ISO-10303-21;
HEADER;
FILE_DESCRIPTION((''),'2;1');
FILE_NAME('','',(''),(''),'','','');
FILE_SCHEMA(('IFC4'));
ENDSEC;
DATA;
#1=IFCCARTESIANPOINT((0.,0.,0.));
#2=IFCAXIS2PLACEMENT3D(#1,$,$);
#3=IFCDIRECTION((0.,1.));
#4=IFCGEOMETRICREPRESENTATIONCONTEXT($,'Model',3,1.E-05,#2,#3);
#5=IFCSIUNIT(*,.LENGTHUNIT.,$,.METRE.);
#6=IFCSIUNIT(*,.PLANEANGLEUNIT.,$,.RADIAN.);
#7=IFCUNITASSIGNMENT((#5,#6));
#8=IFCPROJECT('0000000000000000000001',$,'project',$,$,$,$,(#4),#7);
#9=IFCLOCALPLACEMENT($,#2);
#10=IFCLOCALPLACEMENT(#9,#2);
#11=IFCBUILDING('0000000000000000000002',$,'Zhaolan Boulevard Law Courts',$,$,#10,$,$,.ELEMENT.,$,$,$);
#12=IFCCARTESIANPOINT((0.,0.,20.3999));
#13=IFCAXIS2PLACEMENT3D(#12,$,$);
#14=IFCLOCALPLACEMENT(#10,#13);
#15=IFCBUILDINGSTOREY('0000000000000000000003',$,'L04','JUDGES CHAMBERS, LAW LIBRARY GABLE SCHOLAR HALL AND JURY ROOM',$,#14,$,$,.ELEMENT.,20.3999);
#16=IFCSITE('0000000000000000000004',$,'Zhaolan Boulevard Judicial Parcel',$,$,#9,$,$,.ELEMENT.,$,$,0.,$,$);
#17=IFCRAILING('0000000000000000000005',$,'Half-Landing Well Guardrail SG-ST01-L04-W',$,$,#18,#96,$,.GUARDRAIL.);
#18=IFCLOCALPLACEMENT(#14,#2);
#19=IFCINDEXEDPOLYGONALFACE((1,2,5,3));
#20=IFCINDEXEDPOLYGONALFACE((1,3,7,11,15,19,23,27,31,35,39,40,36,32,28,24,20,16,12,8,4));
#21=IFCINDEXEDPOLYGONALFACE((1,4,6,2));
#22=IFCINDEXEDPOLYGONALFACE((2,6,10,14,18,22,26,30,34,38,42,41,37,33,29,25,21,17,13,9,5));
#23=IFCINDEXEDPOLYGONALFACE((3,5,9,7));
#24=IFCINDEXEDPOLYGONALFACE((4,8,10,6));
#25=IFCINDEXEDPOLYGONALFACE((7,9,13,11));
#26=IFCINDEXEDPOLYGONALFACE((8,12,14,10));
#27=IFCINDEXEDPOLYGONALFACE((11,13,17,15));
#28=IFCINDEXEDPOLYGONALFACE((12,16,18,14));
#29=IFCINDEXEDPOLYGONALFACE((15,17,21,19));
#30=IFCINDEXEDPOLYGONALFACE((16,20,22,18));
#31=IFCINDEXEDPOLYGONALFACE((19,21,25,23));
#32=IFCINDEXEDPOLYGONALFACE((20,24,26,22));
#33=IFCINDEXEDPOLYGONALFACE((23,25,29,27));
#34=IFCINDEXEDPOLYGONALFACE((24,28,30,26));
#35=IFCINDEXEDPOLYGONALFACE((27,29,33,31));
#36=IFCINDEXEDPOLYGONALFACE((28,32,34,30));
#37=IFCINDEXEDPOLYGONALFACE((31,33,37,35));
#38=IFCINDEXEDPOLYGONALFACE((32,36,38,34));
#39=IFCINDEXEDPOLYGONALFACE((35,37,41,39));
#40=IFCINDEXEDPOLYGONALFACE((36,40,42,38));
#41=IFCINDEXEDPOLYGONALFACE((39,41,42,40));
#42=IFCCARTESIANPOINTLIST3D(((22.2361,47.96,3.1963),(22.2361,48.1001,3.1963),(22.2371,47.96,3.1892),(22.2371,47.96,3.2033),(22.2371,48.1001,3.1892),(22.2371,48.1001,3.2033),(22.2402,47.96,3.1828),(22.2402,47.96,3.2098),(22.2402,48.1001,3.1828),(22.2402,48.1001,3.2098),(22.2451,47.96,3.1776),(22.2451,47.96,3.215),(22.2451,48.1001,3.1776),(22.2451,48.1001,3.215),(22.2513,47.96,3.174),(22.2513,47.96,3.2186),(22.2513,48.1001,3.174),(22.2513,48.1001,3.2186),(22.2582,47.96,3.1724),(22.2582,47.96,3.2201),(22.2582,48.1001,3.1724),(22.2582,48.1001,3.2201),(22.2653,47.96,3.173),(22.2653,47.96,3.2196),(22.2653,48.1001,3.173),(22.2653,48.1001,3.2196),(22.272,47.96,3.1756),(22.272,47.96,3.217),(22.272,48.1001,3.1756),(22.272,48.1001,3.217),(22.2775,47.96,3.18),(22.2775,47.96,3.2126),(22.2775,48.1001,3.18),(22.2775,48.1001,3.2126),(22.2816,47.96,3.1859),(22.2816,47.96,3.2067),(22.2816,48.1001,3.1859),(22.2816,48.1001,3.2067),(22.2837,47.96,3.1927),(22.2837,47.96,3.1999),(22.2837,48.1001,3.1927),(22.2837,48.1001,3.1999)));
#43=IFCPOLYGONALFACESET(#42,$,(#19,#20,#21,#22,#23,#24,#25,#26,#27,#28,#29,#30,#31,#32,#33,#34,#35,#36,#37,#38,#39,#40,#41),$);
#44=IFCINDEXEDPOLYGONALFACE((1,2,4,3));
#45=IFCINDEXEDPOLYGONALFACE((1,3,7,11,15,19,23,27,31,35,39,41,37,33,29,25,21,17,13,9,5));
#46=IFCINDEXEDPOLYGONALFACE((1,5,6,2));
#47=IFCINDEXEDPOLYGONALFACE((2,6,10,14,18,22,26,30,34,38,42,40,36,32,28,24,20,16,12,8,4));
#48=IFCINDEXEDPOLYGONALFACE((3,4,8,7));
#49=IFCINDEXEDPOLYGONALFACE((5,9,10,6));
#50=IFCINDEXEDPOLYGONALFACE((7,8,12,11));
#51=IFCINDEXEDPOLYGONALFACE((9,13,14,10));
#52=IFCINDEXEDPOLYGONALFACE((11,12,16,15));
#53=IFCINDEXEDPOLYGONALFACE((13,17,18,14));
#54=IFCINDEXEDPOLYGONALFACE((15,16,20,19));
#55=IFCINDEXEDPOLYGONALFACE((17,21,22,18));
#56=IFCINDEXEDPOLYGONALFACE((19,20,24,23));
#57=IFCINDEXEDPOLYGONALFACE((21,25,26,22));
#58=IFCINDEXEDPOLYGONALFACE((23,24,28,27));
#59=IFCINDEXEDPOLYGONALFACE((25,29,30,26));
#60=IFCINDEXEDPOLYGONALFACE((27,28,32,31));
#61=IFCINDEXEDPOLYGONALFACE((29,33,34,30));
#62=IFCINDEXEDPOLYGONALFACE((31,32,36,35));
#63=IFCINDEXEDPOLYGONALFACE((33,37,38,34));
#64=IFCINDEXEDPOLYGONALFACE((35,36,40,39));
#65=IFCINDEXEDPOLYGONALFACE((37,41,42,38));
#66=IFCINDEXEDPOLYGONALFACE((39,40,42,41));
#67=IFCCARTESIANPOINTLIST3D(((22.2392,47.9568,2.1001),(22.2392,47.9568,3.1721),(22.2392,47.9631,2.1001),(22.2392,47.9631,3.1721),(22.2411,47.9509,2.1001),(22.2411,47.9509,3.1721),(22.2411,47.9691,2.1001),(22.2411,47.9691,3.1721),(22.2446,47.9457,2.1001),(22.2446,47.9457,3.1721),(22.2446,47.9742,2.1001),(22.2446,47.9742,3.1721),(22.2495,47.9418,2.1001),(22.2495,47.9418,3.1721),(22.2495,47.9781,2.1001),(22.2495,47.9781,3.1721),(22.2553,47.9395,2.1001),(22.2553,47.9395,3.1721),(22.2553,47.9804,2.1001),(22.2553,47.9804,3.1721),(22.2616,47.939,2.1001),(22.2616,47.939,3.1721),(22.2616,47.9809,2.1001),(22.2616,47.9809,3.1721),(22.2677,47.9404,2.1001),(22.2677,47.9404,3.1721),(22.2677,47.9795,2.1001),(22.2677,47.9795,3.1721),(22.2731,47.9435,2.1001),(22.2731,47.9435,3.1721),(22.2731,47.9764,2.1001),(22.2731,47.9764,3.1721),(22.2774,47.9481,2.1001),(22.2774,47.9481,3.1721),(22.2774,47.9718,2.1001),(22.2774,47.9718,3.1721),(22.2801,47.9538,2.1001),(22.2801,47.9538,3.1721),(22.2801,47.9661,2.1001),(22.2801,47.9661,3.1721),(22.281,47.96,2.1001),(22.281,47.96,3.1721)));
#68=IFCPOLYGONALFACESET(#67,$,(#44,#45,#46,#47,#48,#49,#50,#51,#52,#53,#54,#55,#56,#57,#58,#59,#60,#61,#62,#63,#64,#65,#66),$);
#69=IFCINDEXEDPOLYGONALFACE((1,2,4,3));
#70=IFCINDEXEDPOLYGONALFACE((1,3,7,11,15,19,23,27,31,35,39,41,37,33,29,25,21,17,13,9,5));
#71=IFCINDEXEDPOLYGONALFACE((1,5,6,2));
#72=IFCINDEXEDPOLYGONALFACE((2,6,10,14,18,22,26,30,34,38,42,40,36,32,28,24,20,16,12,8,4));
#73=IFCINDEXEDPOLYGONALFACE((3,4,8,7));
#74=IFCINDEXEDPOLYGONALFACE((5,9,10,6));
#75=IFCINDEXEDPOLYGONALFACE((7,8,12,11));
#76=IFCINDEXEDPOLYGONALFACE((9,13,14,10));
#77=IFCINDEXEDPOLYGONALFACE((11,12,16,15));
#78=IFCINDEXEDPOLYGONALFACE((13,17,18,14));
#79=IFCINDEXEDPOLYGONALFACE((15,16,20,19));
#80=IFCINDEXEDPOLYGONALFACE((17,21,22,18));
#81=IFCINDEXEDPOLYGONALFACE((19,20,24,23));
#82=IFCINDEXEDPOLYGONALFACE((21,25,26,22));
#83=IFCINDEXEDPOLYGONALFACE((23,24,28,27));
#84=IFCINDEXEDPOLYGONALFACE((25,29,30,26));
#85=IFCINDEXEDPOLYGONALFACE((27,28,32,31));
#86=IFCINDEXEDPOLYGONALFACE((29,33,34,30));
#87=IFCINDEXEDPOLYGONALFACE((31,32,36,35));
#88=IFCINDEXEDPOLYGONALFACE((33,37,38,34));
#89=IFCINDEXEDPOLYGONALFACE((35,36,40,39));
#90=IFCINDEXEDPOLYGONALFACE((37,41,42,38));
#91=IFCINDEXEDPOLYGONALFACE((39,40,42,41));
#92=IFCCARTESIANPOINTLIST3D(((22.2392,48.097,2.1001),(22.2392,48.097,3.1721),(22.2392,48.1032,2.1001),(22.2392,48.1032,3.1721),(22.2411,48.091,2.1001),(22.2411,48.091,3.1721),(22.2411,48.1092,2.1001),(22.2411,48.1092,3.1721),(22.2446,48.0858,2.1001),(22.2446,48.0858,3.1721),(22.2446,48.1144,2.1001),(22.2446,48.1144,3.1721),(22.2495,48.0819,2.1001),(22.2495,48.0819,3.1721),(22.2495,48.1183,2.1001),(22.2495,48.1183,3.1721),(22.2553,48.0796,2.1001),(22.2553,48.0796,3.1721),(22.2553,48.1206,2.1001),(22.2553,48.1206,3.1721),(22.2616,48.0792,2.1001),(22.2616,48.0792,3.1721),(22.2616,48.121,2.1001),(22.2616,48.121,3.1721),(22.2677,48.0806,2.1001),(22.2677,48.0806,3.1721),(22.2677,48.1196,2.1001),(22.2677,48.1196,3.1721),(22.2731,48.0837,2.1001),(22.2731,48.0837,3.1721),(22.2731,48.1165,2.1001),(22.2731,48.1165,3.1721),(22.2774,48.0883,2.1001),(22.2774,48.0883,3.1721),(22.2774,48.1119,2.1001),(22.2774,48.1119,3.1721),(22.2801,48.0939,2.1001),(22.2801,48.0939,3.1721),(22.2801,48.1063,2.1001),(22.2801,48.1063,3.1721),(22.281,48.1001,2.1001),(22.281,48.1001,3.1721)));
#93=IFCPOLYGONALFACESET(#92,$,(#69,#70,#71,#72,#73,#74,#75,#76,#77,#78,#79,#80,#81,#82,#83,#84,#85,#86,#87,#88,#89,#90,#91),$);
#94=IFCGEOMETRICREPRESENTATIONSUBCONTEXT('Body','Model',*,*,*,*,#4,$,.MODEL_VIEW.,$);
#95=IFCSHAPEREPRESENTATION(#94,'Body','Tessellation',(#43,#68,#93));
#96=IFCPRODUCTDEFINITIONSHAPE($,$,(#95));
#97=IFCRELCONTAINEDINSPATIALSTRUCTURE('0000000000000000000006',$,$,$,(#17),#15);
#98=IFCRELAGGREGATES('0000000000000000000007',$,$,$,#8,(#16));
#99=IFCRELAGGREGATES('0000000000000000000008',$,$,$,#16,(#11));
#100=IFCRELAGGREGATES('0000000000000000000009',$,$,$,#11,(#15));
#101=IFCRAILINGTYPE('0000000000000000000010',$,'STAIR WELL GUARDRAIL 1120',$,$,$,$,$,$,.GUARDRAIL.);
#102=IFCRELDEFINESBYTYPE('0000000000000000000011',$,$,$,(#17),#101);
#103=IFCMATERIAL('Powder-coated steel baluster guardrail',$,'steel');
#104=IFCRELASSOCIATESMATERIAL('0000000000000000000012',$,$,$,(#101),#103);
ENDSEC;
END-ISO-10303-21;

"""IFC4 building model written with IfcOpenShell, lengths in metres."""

from ifc_helpers import new_model, si_unit, direction, frame, origin, origin_2d, place, context, subcontext, project, spatial, circle, extrude, material, type_object, element, save


model = new_model("IFC4")

# Units and contexts
model_context = context("Model", 3, precision=1e-05, world=origin(), true_north=direction((0.0, 1.0)))
body_context = subcontext(model_context, "Body", "Model", "MODEL_VIEW")
ifc_project = project(units=[si_unit("LENGTHUNIT", "METRE"), si_unit("PLANEANGLEUNIT", "RADIAN")], contexts=[model_context])

# Site, building, storey
site_placement = place(None, origin())
site = spatial("IfcSite", under=ifc_project, at=site_placement, Name="Zhaolan Boulevard Judicial Parcel", CompositionType="ELEMENT", RefElevation=0.0)
building_placement = place(site_placement, origin())
building = spatial("IfcBuilding", under=site, at=building_placement, Name="Zhaolan Boulevard Law Courts", CompositionType="ELEMENT")
storey_placement = place(building_placement, frame((0.0, 0.0, 20.3999)))
storey = spatial("IfcBuildingStorey", under=building, at=storey_placement, Name="L04", Description="JUDGES CHAMBERS, LAW LIBRARY GABLE SCHOLAR HALL AND JURY ROOM", CompositionType="ELEMENT", Elevation=20.3999)

# Railing
ifc_material_1 = material(Name="Powder-coated steel baluster guardrail", Category="steel")
railing_type_1 = type_object("IfcRailingType", Name="STAIR WELL GUARDRAIL 1120", PredefinedType="GUARDRAIL", material=ifc_material_1)
railing_1_placement = place(storey_placement, frame((22.26, 47.96, 2.1001)))
element("IfcRailing", 1, at=railing_1_placement, inside=storey, type_object=railing_type_1, Name="Half-Landing Well Guardrail SG-ST01-L04-W", PredefinedType="GUARDRAIL", context=body_context, shape_type="SweptSolid", body=[
    extrude(circle(Radius=0.0239, at=origin_2d()), frame((0.0, 0.0, 1.0962), z_axis=(0.0, 1.0, 0.0), x_axis=(-1.0, 0.0, 0.0)), (0.0, 0.0, 1.0), 0.1401),
    extrude(circle(Radius=0.021, at=origin_2d()), origin(), (0.0, 0.0, 1.0), 1.072),
    extrude(circle(Radius=0.021, at=origin_2d()), frame((0.0, 0.1401, 0.0)), (0.0, 0.0, 1.0), 1.072),
])

save(model, "model.ifc")
